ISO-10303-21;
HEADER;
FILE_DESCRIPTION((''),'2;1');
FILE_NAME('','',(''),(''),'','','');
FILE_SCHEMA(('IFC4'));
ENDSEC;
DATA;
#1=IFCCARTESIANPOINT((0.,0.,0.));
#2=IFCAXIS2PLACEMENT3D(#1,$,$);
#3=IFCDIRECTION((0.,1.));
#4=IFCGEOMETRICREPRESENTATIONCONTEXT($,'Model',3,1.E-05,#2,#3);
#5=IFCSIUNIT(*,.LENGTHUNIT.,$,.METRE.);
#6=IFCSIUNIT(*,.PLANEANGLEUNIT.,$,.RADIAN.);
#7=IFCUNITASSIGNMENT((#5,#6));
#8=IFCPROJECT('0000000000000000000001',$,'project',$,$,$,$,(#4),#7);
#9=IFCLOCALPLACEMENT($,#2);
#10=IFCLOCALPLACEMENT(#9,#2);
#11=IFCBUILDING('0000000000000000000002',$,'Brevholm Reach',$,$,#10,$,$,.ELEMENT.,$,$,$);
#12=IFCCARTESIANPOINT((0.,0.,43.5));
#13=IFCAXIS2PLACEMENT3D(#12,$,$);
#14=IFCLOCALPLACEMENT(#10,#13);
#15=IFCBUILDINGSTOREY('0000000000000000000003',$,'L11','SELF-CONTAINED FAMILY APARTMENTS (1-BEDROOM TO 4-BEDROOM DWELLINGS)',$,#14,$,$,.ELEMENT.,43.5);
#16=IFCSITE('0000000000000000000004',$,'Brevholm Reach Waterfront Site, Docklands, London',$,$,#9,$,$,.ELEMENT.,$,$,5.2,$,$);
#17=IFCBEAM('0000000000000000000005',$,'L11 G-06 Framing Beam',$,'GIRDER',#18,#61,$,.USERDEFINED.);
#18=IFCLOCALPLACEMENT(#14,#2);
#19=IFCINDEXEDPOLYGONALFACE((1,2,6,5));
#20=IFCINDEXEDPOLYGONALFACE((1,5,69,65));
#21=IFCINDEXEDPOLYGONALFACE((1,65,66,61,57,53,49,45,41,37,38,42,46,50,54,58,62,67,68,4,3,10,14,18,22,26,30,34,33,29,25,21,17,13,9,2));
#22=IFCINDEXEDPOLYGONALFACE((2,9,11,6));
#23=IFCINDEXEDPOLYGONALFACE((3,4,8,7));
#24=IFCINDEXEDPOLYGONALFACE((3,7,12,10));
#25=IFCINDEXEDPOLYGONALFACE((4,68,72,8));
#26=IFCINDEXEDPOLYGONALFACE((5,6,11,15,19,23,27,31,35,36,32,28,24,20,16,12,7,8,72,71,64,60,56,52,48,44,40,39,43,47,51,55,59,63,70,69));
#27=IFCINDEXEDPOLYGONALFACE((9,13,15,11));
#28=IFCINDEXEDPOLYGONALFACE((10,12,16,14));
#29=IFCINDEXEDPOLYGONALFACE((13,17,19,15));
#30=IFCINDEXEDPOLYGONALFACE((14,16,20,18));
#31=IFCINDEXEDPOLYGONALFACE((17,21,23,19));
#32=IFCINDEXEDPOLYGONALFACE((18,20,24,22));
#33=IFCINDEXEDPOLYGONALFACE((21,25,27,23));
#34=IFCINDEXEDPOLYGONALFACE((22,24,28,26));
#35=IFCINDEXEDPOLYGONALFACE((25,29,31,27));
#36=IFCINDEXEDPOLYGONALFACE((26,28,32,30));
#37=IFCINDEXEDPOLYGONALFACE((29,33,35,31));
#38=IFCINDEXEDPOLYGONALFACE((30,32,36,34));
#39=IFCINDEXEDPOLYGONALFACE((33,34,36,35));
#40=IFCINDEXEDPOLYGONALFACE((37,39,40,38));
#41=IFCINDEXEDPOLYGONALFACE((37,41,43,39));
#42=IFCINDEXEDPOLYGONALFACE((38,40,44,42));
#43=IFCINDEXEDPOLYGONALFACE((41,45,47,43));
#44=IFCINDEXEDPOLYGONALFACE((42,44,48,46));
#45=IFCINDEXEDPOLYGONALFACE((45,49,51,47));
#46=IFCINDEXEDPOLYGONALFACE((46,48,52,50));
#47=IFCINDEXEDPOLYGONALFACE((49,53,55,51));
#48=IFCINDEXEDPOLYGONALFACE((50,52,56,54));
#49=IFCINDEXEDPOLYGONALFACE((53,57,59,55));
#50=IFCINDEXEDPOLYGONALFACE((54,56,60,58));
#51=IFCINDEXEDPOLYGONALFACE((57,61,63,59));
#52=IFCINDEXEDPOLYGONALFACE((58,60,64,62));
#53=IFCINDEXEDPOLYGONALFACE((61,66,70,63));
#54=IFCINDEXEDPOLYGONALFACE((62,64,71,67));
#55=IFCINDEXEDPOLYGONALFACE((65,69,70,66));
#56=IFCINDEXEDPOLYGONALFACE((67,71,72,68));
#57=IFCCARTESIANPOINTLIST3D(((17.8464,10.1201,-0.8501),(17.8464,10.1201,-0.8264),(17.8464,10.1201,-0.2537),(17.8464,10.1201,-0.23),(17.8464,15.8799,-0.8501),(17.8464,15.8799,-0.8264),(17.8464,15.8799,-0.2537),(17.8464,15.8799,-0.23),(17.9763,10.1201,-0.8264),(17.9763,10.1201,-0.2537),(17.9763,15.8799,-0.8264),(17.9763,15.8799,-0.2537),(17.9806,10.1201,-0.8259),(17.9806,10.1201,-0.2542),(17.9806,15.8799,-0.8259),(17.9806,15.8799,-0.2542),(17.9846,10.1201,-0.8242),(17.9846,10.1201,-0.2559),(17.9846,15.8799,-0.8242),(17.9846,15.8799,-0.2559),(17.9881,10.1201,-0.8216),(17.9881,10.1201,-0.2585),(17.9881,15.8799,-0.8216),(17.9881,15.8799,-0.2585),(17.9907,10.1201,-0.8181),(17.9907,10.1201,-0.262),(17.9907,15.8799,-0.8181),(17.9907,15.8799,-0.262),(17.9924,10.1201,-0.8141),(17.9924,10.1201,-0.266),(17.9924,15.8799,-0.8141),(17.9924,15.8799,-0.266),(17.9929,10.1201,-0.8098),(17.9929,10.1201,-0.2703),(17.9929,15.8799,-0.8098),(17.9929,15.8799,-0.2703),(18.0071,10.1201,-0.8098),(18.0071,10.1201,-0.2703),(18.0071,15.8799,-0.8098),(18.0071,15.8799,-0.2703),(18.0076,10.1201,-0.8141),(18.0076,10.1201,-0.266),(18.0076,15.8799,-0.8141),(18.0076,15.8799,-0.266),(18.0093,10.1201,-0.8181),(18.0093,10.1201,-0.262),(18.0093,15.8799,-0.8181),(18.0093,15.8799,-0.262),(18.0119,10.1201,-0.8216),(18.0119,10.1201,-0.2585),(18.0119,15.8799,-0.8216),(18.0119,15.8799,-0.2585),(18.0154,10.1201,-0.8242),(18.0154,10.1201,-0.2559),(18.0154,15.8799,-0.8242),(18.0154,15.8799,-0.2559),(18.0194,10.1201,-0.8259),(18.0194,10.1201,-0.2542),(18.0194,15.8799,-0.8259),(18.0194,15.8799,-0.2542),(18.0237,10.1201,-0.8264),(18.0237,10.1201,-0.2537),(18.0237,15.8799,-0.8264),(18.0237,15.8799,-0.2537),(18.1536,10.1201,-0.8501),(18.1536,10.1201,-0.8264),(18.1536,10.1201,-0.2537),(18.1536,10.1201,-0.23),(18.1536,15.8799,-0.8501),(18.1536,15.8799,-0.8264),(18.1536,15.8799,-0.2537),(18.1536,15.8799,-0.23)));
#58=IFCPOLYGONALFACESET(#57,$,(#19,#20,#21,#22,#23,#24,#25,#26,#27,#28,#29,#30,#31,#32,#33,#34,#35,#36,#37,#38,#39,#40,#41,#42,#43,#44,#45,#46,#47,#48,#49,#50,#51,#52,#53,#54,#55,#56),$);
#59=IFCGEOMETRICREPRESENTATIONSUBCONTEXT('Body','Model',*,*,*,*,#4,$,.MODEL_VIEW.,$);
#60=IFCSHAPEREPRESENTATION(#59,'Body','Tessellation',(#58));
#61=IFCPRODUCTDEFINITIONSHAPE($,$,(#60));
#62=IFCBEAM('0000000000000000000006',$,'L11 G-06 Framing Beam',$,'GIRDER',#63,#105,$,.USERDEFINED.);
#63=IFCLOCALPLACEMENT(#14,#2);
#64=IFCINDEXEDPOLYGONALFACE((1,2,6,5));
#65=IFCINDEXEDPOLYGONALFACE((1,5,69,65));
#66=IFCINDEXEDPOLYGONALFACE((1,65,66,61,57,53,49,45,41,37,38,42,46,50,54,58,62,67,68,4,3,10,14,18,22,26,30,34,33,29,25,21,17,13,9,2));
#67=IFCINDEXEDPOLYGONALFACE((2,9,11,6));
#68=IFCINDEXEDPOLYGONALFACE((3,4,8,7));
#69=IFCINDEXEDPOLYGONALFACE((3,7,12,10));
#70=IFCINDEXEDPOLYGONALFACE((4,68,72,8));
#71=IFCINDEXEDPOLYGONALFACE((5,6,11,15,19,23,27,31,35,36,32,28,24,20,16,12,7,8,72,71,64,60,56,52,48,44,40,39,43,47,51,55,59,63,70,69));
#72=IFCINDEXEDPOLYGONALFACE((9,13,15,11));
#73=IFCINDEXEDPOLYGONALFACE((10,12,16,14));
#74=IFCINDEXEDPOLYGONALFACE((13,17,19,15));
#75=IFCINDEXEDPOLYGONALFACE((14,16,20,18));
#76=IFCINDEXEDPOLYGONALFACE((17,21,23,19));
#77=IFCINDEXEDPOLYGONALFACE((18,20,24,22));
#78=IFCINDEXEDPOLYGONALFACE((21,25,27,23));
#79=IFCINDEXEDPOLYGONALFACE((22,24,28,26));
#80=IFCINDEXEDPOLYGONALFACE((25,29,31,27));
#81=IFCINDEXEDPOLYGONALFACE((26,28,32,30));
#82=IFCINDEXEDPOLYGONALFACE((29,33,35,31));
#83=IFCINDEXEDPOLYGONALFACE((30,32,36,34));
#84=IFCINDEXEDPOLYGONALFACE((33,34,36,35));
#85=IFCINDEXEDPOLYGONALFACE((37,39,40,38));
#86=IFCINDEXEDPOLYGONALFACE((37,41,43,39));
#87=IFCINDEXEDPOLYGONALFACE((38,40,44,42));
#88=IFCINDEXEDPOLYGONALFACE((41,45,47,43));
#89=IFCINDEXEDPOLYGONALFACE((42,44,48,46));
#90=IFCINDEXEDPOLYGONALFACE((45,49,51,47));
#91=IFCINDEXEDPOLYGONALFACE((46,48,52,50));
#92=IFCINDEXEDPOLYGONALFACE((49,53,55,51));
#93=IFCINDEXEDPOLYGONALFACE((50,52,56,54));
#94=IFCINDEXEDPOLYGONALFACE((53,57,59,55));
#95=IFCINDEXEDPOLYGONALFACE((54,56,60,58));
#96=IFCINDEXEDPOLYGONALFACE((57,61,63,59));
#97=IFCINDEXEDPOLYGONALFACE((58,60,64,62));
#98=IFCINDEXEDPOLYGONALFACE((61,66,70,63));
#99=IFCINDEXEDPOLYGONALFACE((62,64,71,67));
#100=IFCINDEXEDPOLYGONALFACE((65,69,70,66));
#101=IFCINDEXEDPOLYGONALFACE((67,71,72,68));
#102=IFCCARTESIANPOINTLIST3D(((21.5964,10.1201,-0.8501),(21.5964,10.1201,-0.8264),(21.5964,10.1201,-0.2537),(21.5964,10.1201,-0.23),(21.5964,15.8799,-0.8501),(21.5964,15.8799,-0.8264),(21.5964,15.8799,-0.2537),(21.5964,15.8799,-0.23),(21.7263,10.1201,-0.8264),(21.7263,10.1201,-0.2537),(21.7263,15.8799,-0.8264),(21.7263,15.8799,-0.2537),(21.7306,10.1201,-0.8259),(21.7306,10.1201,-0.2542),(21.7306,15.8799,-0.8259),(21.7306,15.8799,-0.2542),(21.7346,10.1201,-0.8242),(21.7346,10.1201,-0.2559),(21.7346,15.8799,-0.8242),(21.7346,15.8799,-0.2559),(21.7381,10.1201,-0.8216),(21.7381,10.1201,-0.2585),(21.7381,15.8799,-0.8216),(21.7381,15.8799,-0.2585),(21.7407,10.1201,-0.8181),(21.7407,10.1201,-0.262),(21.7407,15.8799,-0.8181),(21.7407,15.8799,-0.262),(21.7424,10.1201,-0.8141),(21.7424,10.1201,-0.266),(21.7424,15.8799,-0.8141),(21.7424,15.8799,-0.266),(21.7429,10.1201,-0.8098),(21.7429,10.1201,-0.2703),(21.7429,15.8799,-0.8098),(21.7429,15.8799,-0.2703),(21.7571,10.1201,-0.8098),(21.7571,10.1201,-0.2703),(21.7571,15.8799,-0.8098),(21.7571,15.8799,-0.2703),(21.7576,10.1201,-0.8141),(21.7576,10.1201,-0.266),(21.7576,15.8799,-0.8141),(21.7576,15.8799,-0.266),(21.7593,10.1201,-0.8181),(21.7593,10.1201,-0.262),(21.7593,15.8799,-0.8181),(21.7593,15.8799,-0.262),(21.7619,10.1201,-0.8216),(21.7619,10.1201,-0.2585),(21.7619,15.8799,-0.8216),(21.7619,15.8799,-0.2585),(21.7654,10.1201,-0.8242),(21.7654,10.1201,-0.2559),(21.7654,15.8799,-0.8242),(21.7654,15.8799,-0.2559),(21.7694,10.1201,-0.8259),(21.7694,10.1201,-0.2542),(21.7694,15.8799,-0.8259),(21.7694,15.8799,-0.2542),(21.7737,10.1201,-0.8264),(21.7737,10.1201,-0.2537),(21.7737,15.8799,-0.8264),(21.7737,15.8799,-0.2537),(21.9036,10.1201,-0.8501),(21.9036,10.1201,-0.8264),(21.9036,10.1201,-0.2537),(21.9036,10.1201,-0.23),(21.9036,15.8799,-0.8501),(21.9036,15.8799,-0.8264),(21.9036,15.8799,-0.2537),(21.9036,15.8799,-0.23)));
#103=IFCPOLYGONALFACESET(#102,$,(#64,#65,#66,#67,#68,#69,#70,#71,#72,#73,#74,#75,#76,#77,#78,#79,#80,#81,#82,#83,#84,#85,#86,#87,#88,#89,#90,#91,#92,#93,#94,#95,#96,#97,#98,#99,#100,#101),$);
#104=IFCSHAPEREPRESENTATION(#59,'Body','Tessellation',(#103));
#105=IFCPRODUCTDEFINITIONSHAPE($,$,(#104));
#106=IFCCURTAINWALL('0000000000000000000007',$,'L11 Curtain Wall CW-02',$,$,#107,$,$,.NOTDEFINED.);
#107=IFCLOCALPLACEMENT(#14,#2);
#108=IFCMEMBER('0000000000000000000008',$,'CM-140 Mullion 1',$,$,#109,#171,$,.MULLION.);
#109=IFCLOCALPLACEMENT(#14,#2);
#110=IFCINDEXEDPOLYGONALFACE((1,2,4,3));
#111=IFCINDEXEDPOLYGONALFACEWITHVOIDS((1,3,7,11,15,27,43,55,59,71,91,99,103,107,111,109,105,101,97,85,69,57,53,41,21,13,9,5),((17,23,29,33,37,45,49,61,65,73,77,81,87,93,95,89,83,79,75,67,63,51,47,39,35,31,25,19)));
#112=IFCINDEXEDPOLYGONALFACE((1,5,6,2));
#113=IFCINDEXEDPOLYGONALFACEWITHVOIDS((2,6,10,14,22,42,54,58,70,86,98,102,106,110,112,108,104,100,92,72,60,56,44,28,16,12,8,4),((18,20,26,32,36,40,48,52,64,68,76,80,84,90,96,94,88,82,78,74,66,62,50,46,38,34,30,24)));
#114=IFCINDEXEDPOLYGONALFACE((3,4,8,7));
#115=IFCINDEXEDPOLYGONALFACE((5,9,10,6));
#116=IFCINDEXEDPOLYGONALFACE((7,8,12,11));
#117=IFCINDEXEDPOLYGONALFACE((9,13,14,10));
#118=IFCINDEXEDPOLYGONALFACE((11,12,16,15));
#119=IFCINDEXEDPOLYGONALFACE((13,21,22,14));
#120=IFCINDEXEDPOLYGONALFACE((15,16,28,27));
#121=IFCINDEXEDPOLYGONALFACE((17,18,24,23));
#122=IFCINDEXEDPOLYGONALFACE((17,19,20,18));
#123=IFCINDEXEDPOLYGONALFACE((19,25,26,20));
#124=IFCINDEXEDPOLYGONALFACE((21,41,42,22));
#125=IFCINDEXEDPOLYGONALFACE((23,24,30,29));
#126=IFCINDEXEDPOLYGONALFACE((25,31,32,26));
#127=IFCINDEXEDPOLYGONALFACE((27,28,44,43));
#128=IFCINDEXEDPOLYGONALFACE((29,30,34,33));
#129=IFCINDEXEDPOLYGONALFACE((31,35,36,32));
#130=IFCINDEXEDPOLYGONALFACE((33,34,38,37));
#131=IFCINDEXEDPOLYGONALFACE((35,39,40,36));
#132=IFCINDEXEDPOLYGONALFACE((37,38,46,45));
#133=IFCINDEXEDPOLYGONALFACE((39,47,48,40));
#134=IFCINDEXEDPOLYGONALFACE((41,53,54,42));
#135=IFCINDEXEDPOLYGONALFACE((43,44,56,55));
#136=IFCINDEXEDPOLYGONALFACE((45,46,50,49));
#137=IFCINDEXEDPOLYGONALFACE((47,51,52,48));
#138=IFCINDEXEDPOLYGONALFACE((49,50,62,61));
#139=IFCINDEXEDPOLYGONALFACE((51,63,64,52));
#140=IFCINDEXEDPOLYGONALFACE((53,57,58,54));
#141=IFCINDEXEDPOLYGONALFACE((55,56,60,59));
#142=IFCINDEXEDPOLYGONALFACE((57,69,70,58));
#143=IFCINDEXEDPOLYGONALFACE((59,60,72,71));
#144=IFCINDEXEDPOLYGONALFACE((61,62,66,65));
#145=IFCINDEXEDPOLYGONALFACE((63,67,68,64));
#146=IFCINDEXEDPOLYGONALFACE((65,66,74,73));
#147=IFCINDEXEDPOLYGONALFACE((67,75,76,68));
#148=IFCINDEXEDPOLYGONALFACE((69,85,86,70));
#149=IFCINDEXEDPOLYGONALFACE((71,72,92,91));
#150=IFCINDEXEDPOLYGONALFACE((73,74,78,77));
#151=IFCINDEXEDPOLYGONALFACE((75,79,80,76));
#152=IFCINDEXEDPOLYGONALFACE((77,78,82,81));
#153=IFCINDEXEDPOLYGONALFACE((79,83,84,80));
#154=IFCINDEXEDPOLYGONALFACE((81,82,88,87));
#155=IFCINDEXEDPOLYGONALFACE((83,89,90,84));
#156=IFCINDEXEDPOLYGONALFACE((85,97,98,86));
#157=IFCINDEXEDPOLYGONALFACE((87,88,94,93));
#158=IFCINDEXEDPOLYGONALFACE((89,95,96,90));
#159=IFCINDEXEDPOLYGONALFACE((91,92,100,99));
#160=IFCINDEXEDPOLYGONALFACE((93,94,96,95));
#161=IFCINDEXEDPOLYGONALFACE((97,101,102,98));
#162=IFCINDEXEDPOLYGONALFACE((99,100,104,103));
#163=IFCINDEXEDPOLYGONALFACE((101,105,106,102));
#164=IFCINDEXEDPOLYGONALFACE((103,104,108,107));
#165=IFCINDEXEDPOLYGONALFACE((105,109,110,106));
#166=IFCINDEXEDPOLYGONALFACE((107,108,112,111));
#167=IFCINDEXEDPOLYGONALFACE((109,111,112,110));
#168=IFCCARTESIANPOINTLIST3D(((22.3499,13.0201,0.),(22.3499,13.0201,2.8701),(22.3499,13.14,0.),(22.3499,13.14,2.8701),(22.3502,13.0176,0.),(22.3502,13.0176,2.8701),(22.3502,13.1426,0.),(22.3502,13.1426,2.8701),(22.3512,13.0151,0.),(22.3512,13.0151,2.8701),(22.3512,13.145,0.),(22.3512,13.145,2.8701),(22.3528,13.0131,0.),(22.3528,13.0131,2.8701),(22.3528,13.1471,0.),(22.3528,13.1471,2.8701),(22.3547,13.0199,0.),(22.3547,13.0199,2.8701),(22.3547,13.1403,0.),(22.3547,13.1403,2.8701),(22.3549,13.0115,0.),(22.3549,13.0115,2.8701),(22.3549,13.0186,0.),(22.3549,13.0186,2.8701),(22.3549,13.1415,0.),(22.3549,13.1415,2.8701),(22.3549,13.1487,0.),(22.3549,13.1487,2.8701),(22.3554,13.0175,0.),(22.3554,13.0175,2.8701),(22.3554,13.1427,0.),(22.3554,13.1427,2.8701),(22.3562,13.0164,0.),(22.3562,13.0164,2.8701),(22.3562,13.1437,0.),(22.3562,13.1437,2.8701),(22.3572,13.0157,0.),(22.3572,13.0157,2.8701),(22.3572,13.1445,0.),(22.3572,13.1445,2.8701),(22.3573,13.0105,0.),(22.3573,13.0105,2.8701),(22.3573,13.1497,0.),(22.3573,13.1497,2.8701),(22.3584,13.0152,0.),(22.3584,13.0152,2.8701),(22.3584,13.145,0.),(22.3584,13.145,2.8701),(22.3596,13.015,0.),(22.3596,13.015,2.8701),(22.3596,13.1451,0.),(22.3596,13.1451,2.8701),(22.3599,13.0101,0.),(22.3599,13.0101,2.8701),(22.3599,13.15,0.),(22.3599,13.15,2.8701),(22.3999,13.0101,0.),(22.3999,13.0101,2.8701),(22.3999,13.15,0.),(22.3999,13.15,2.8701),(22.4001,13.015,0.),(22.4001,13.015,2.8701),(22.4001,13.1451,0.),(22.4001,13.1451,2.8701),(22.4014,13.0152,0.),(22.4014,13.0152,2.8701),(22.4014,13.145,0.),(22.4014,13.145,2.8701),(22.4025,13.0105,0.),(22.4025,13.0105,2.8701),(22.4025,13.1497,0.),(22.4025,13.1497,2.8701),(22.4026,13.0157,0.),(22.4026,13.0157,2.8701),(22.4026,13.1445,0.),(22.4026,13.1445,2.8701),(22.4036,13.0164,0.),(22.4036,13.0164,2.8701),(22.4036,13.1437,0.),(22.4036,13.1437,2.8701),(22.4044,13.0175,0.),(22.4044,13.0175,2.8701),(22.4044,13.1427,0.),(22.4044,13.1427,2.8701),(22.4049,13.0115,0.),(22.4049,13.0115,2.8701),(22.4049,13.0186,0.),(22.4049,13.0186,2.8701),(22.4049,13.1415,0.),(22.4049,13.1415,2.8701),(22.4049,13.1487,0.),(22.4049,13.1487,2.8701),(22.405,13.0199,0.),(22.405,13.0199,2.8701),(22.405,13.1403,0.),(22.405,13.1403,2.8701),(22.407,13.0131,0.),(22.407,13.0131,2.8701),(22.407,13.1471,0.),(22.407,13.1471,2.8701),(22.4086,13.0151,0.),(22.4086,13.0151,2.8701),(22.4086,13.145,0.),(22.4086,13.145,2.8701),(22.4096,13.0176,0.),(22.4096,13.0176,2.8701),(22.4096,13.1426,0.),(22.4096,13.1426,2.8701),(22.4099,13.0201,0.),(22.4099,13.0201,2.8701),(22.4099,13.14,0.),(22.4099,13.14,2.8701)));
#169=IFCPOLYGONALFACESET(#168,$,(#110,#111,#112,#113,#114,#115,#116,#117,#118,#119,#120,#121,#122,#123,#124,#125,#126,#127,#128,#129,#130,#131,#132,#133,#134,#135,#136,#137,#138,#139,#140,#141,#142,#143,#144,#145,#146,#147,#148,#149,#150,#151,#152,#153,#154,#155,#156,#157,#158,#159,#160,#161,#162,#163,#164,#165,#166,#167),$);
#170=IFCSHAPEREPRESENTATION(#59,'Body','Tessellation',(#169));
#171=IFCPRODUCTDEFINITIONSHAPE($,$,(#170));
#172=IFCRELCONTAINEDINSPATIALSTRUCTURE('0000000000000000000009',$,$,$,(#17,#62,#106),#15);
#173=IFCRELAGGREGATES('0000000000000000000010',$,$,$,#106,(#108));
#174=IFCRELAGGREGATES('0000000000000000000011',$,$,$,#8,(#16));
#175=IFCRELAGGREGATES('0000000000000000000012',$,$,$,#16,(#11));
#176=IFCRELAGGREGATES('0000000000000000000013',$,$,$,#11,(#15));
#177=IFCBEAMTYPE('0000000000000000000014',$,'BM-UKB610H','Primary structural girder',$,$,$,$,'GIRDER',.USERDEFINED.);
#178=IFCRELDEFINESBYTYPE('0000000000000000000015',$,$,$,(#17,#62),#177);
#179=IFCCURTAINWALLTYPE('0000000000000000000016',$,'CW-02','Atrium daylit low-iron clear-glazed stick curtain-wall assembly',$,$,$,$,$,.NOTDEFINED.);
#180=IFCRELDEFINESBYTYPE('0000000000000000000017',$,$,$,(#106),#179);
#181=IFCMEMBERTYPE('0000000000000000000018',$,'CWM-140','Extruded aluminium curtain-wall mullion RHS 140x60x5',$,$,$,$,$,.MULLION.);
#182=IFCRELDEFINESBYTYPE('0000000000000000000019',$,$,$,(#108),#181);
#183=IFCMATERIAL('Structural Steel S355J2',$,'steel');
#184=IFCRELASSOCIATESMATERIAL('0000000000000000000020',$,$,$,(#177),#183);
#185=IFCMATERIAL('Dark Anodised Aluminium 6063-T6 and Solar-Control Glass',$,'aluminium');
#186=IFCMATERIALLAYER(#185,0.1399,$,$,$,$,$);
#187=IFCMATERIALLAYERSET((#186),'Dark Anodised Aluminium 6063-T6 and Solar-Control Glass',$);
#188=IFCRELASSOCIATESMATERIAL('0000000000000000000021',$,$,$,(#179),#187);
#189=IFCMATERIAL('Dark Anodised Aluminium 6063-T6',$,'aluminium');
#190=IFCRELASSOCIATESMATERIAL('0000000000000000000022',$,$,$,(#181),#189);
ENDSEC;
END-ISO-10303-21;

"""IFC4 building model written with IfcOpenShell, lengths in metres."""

from ifc_helpers import new_model, si_unit, direction, frame, origin, origin_2d, place, context, subcontext, project, spatial, hollow_rectangle, i_section, extrude, material, layer, layer_set, material_profile, profile_set, type_object, element, aggregate, save


model = new_model("IFC4")

# Units and contexts
model_context = context("Model", 3, precision=1e-05, world=origin(), true_north=direction((0.0, 1.0)))
body_context = subcontext(model_context, "Body", "Model", "MODEL_VIEW")
ifc_project = project(units=[si_unit("LENGTHUNIT", "METRE"), si_unit("PLANEANGLEUNIT", "RADIAN")], contexts=[model_context])

# Site, building, storey
site_placement = place(None, origin())
site = spatial("IfcSite", under=ifc_project, at=site_placement, Name="Brevholm Reach Waterfront Site, Docklands, London", CompositionType="ELEMENT", RefElevation=5.2)
building_placement = place(site_placement, origin())
building = spatial("IfcBuilding", under=site, at=building_placement, Name="Brevholm Reach", CompositionType="ELEMENT")
storey_placement = place(building_placement, frame((0.0, 0.0, 43.5)))
storey = spatial("IfcBuildingStorey", under=building, at=storey_placement, Name="L11", Description="SELF-CONTAINED FAMILY APARTMENTS (1-BEDROOM TO 4-BEDROOM DWELLINGS)", CompositionType="ELEMENT", Elevation=43.5)

# Beams
ifc_material_1 = material(Name="Structural Steel S355J2", Category="steel")
ifc_material_profile_1 = material_profile(ifc_material_1, i_section(OverallWidth=0.3071, OverallDepth=0.6201, WebThickness=0.0142, FlangeThickness=0.0237, FilletRadius=0.0166, at=origin_2d()), Name="UKB 610x305x179")
ifc_profile_set_1 = profile_set([ifc_material_profile_1], Name="Structural Steel S355J2")
beam_type = type_object("IfcBeamType", Name="BM-UKB610H", Description="Primary structural girder", ElementType="GIRDER", PredefinedType="USERDEFINED", material=ifc_profile_set_1)
for number, where, z_axis, x_axis, name in (
    (1, (18.0, 10.1201, -0.54), (0.0, 1.0, 0.0), (-1.0, 0.0, 0.0), "L11 G-06 Framing Beam"),
    (2, (21.75, 10.1201, -0.54), (0.0, 1.0, 0.0), (-1.0, 0.0, 0.0), "L11 G-06 Framing Beam"),
):
    element("IfcBeam", number, at=place(storey_placement, frame(where, z_axis=z_axis, x_axis=x_axis)), inside=storey, type_object=beam_type, Name=name, ObjectType="GIRDER", PredefinedType="USERDEFINED", context=body_context, shape_type="SweptSolid", body=[
        extrude(i_section(OverallWidth=0.3071, OverallDepth=0.6201, WebThickness=0.0142, FlangeThickness=0.0237, FilletRadius=0.0166, at=origin_2d()), origin(), (0.0, 0.0, 1.0), 5.7598),
    ])

# Curtain wall, member
ifc_material_2 = material(Name="Dark Anodised Aluminium 6063-T6 and Solar-Control Glass", Category="aluminium")
ifc_layer_1 = layer(ifc_material_2, 0.1399)
ifc_layer_set_1 = layer_set([ifc_layer_1], Name="Dark Anodised Aluminium 6063-T6 and Solar-Control Glass")
curtain_wall_type = type_object("IfcCurtainWallType", Name="CW-02", Description="Atrium daylit low-iron clear-glazed stick curtain-wall assembly", PredefinedType="NOTDEFINED", material=ifc_layer_set_1)
curtain_wall_placement = place(storey_placement, origin())
curtain_wall = element("IfcCurtainWall", 3, at=curtain_wall_placement, inside=storey, type_object=curtain_wall_type, Name="L11 Curtain Wall CW-02", PredefinedType="NOTDEFINED")
ifc_material_3 = material(Name="Dark Anodised Aluminium 6063-T6", Category="aluminium")
ifc_material_profile_2 = material_profile(ifc_material_3, hollow_rectangle(XDim=0.0601, YDim=0.1399, WallThickness=0.0049, InnerFilletRadius=0.0049, OuterFilletRadius=0.01, at=origin_2d()), Name="RHS 140x60x5")
ifc_profile_set_2 = profile_set([ifc_material_profile_2], Name="Dark Anodised Aluminium 6063-T6")
member_type_1 = type_object("IfcMemberType", Name="CWM-140", Description="Extruded aluminium curtain-wall mullion RHS 140x60x5", PredefinedType="MULLION", material=ifc_profile_set_2)
member_1_placement = place(storey_placement, frame((22.3799, 13.0801, 0.0), z_axis=(0.0, 0.0, 1.0), x_axis=(1.0, 0.0, 0.0)))
member_1 = element("IfcMember", 4, at=member_1_placement, type_object=member_type_1, Name="CM-140 Mullion 1", PredefinedType="MULLION", context=body_context, shape_type="SweptSolid", body=[
    extrude(hollow_rectangle(XDim=0.0601, YDim=0.1399, WallThickness=0.0049, InnerFilletRadius=0.0049, OuterFilletRadius=0.01, at=origin_2d()), origin(), (0.0, 0.0, 1.0), 2.8701),
])
aggregate(curtain_wall, [member_1])

save(model, "model.ifc")
